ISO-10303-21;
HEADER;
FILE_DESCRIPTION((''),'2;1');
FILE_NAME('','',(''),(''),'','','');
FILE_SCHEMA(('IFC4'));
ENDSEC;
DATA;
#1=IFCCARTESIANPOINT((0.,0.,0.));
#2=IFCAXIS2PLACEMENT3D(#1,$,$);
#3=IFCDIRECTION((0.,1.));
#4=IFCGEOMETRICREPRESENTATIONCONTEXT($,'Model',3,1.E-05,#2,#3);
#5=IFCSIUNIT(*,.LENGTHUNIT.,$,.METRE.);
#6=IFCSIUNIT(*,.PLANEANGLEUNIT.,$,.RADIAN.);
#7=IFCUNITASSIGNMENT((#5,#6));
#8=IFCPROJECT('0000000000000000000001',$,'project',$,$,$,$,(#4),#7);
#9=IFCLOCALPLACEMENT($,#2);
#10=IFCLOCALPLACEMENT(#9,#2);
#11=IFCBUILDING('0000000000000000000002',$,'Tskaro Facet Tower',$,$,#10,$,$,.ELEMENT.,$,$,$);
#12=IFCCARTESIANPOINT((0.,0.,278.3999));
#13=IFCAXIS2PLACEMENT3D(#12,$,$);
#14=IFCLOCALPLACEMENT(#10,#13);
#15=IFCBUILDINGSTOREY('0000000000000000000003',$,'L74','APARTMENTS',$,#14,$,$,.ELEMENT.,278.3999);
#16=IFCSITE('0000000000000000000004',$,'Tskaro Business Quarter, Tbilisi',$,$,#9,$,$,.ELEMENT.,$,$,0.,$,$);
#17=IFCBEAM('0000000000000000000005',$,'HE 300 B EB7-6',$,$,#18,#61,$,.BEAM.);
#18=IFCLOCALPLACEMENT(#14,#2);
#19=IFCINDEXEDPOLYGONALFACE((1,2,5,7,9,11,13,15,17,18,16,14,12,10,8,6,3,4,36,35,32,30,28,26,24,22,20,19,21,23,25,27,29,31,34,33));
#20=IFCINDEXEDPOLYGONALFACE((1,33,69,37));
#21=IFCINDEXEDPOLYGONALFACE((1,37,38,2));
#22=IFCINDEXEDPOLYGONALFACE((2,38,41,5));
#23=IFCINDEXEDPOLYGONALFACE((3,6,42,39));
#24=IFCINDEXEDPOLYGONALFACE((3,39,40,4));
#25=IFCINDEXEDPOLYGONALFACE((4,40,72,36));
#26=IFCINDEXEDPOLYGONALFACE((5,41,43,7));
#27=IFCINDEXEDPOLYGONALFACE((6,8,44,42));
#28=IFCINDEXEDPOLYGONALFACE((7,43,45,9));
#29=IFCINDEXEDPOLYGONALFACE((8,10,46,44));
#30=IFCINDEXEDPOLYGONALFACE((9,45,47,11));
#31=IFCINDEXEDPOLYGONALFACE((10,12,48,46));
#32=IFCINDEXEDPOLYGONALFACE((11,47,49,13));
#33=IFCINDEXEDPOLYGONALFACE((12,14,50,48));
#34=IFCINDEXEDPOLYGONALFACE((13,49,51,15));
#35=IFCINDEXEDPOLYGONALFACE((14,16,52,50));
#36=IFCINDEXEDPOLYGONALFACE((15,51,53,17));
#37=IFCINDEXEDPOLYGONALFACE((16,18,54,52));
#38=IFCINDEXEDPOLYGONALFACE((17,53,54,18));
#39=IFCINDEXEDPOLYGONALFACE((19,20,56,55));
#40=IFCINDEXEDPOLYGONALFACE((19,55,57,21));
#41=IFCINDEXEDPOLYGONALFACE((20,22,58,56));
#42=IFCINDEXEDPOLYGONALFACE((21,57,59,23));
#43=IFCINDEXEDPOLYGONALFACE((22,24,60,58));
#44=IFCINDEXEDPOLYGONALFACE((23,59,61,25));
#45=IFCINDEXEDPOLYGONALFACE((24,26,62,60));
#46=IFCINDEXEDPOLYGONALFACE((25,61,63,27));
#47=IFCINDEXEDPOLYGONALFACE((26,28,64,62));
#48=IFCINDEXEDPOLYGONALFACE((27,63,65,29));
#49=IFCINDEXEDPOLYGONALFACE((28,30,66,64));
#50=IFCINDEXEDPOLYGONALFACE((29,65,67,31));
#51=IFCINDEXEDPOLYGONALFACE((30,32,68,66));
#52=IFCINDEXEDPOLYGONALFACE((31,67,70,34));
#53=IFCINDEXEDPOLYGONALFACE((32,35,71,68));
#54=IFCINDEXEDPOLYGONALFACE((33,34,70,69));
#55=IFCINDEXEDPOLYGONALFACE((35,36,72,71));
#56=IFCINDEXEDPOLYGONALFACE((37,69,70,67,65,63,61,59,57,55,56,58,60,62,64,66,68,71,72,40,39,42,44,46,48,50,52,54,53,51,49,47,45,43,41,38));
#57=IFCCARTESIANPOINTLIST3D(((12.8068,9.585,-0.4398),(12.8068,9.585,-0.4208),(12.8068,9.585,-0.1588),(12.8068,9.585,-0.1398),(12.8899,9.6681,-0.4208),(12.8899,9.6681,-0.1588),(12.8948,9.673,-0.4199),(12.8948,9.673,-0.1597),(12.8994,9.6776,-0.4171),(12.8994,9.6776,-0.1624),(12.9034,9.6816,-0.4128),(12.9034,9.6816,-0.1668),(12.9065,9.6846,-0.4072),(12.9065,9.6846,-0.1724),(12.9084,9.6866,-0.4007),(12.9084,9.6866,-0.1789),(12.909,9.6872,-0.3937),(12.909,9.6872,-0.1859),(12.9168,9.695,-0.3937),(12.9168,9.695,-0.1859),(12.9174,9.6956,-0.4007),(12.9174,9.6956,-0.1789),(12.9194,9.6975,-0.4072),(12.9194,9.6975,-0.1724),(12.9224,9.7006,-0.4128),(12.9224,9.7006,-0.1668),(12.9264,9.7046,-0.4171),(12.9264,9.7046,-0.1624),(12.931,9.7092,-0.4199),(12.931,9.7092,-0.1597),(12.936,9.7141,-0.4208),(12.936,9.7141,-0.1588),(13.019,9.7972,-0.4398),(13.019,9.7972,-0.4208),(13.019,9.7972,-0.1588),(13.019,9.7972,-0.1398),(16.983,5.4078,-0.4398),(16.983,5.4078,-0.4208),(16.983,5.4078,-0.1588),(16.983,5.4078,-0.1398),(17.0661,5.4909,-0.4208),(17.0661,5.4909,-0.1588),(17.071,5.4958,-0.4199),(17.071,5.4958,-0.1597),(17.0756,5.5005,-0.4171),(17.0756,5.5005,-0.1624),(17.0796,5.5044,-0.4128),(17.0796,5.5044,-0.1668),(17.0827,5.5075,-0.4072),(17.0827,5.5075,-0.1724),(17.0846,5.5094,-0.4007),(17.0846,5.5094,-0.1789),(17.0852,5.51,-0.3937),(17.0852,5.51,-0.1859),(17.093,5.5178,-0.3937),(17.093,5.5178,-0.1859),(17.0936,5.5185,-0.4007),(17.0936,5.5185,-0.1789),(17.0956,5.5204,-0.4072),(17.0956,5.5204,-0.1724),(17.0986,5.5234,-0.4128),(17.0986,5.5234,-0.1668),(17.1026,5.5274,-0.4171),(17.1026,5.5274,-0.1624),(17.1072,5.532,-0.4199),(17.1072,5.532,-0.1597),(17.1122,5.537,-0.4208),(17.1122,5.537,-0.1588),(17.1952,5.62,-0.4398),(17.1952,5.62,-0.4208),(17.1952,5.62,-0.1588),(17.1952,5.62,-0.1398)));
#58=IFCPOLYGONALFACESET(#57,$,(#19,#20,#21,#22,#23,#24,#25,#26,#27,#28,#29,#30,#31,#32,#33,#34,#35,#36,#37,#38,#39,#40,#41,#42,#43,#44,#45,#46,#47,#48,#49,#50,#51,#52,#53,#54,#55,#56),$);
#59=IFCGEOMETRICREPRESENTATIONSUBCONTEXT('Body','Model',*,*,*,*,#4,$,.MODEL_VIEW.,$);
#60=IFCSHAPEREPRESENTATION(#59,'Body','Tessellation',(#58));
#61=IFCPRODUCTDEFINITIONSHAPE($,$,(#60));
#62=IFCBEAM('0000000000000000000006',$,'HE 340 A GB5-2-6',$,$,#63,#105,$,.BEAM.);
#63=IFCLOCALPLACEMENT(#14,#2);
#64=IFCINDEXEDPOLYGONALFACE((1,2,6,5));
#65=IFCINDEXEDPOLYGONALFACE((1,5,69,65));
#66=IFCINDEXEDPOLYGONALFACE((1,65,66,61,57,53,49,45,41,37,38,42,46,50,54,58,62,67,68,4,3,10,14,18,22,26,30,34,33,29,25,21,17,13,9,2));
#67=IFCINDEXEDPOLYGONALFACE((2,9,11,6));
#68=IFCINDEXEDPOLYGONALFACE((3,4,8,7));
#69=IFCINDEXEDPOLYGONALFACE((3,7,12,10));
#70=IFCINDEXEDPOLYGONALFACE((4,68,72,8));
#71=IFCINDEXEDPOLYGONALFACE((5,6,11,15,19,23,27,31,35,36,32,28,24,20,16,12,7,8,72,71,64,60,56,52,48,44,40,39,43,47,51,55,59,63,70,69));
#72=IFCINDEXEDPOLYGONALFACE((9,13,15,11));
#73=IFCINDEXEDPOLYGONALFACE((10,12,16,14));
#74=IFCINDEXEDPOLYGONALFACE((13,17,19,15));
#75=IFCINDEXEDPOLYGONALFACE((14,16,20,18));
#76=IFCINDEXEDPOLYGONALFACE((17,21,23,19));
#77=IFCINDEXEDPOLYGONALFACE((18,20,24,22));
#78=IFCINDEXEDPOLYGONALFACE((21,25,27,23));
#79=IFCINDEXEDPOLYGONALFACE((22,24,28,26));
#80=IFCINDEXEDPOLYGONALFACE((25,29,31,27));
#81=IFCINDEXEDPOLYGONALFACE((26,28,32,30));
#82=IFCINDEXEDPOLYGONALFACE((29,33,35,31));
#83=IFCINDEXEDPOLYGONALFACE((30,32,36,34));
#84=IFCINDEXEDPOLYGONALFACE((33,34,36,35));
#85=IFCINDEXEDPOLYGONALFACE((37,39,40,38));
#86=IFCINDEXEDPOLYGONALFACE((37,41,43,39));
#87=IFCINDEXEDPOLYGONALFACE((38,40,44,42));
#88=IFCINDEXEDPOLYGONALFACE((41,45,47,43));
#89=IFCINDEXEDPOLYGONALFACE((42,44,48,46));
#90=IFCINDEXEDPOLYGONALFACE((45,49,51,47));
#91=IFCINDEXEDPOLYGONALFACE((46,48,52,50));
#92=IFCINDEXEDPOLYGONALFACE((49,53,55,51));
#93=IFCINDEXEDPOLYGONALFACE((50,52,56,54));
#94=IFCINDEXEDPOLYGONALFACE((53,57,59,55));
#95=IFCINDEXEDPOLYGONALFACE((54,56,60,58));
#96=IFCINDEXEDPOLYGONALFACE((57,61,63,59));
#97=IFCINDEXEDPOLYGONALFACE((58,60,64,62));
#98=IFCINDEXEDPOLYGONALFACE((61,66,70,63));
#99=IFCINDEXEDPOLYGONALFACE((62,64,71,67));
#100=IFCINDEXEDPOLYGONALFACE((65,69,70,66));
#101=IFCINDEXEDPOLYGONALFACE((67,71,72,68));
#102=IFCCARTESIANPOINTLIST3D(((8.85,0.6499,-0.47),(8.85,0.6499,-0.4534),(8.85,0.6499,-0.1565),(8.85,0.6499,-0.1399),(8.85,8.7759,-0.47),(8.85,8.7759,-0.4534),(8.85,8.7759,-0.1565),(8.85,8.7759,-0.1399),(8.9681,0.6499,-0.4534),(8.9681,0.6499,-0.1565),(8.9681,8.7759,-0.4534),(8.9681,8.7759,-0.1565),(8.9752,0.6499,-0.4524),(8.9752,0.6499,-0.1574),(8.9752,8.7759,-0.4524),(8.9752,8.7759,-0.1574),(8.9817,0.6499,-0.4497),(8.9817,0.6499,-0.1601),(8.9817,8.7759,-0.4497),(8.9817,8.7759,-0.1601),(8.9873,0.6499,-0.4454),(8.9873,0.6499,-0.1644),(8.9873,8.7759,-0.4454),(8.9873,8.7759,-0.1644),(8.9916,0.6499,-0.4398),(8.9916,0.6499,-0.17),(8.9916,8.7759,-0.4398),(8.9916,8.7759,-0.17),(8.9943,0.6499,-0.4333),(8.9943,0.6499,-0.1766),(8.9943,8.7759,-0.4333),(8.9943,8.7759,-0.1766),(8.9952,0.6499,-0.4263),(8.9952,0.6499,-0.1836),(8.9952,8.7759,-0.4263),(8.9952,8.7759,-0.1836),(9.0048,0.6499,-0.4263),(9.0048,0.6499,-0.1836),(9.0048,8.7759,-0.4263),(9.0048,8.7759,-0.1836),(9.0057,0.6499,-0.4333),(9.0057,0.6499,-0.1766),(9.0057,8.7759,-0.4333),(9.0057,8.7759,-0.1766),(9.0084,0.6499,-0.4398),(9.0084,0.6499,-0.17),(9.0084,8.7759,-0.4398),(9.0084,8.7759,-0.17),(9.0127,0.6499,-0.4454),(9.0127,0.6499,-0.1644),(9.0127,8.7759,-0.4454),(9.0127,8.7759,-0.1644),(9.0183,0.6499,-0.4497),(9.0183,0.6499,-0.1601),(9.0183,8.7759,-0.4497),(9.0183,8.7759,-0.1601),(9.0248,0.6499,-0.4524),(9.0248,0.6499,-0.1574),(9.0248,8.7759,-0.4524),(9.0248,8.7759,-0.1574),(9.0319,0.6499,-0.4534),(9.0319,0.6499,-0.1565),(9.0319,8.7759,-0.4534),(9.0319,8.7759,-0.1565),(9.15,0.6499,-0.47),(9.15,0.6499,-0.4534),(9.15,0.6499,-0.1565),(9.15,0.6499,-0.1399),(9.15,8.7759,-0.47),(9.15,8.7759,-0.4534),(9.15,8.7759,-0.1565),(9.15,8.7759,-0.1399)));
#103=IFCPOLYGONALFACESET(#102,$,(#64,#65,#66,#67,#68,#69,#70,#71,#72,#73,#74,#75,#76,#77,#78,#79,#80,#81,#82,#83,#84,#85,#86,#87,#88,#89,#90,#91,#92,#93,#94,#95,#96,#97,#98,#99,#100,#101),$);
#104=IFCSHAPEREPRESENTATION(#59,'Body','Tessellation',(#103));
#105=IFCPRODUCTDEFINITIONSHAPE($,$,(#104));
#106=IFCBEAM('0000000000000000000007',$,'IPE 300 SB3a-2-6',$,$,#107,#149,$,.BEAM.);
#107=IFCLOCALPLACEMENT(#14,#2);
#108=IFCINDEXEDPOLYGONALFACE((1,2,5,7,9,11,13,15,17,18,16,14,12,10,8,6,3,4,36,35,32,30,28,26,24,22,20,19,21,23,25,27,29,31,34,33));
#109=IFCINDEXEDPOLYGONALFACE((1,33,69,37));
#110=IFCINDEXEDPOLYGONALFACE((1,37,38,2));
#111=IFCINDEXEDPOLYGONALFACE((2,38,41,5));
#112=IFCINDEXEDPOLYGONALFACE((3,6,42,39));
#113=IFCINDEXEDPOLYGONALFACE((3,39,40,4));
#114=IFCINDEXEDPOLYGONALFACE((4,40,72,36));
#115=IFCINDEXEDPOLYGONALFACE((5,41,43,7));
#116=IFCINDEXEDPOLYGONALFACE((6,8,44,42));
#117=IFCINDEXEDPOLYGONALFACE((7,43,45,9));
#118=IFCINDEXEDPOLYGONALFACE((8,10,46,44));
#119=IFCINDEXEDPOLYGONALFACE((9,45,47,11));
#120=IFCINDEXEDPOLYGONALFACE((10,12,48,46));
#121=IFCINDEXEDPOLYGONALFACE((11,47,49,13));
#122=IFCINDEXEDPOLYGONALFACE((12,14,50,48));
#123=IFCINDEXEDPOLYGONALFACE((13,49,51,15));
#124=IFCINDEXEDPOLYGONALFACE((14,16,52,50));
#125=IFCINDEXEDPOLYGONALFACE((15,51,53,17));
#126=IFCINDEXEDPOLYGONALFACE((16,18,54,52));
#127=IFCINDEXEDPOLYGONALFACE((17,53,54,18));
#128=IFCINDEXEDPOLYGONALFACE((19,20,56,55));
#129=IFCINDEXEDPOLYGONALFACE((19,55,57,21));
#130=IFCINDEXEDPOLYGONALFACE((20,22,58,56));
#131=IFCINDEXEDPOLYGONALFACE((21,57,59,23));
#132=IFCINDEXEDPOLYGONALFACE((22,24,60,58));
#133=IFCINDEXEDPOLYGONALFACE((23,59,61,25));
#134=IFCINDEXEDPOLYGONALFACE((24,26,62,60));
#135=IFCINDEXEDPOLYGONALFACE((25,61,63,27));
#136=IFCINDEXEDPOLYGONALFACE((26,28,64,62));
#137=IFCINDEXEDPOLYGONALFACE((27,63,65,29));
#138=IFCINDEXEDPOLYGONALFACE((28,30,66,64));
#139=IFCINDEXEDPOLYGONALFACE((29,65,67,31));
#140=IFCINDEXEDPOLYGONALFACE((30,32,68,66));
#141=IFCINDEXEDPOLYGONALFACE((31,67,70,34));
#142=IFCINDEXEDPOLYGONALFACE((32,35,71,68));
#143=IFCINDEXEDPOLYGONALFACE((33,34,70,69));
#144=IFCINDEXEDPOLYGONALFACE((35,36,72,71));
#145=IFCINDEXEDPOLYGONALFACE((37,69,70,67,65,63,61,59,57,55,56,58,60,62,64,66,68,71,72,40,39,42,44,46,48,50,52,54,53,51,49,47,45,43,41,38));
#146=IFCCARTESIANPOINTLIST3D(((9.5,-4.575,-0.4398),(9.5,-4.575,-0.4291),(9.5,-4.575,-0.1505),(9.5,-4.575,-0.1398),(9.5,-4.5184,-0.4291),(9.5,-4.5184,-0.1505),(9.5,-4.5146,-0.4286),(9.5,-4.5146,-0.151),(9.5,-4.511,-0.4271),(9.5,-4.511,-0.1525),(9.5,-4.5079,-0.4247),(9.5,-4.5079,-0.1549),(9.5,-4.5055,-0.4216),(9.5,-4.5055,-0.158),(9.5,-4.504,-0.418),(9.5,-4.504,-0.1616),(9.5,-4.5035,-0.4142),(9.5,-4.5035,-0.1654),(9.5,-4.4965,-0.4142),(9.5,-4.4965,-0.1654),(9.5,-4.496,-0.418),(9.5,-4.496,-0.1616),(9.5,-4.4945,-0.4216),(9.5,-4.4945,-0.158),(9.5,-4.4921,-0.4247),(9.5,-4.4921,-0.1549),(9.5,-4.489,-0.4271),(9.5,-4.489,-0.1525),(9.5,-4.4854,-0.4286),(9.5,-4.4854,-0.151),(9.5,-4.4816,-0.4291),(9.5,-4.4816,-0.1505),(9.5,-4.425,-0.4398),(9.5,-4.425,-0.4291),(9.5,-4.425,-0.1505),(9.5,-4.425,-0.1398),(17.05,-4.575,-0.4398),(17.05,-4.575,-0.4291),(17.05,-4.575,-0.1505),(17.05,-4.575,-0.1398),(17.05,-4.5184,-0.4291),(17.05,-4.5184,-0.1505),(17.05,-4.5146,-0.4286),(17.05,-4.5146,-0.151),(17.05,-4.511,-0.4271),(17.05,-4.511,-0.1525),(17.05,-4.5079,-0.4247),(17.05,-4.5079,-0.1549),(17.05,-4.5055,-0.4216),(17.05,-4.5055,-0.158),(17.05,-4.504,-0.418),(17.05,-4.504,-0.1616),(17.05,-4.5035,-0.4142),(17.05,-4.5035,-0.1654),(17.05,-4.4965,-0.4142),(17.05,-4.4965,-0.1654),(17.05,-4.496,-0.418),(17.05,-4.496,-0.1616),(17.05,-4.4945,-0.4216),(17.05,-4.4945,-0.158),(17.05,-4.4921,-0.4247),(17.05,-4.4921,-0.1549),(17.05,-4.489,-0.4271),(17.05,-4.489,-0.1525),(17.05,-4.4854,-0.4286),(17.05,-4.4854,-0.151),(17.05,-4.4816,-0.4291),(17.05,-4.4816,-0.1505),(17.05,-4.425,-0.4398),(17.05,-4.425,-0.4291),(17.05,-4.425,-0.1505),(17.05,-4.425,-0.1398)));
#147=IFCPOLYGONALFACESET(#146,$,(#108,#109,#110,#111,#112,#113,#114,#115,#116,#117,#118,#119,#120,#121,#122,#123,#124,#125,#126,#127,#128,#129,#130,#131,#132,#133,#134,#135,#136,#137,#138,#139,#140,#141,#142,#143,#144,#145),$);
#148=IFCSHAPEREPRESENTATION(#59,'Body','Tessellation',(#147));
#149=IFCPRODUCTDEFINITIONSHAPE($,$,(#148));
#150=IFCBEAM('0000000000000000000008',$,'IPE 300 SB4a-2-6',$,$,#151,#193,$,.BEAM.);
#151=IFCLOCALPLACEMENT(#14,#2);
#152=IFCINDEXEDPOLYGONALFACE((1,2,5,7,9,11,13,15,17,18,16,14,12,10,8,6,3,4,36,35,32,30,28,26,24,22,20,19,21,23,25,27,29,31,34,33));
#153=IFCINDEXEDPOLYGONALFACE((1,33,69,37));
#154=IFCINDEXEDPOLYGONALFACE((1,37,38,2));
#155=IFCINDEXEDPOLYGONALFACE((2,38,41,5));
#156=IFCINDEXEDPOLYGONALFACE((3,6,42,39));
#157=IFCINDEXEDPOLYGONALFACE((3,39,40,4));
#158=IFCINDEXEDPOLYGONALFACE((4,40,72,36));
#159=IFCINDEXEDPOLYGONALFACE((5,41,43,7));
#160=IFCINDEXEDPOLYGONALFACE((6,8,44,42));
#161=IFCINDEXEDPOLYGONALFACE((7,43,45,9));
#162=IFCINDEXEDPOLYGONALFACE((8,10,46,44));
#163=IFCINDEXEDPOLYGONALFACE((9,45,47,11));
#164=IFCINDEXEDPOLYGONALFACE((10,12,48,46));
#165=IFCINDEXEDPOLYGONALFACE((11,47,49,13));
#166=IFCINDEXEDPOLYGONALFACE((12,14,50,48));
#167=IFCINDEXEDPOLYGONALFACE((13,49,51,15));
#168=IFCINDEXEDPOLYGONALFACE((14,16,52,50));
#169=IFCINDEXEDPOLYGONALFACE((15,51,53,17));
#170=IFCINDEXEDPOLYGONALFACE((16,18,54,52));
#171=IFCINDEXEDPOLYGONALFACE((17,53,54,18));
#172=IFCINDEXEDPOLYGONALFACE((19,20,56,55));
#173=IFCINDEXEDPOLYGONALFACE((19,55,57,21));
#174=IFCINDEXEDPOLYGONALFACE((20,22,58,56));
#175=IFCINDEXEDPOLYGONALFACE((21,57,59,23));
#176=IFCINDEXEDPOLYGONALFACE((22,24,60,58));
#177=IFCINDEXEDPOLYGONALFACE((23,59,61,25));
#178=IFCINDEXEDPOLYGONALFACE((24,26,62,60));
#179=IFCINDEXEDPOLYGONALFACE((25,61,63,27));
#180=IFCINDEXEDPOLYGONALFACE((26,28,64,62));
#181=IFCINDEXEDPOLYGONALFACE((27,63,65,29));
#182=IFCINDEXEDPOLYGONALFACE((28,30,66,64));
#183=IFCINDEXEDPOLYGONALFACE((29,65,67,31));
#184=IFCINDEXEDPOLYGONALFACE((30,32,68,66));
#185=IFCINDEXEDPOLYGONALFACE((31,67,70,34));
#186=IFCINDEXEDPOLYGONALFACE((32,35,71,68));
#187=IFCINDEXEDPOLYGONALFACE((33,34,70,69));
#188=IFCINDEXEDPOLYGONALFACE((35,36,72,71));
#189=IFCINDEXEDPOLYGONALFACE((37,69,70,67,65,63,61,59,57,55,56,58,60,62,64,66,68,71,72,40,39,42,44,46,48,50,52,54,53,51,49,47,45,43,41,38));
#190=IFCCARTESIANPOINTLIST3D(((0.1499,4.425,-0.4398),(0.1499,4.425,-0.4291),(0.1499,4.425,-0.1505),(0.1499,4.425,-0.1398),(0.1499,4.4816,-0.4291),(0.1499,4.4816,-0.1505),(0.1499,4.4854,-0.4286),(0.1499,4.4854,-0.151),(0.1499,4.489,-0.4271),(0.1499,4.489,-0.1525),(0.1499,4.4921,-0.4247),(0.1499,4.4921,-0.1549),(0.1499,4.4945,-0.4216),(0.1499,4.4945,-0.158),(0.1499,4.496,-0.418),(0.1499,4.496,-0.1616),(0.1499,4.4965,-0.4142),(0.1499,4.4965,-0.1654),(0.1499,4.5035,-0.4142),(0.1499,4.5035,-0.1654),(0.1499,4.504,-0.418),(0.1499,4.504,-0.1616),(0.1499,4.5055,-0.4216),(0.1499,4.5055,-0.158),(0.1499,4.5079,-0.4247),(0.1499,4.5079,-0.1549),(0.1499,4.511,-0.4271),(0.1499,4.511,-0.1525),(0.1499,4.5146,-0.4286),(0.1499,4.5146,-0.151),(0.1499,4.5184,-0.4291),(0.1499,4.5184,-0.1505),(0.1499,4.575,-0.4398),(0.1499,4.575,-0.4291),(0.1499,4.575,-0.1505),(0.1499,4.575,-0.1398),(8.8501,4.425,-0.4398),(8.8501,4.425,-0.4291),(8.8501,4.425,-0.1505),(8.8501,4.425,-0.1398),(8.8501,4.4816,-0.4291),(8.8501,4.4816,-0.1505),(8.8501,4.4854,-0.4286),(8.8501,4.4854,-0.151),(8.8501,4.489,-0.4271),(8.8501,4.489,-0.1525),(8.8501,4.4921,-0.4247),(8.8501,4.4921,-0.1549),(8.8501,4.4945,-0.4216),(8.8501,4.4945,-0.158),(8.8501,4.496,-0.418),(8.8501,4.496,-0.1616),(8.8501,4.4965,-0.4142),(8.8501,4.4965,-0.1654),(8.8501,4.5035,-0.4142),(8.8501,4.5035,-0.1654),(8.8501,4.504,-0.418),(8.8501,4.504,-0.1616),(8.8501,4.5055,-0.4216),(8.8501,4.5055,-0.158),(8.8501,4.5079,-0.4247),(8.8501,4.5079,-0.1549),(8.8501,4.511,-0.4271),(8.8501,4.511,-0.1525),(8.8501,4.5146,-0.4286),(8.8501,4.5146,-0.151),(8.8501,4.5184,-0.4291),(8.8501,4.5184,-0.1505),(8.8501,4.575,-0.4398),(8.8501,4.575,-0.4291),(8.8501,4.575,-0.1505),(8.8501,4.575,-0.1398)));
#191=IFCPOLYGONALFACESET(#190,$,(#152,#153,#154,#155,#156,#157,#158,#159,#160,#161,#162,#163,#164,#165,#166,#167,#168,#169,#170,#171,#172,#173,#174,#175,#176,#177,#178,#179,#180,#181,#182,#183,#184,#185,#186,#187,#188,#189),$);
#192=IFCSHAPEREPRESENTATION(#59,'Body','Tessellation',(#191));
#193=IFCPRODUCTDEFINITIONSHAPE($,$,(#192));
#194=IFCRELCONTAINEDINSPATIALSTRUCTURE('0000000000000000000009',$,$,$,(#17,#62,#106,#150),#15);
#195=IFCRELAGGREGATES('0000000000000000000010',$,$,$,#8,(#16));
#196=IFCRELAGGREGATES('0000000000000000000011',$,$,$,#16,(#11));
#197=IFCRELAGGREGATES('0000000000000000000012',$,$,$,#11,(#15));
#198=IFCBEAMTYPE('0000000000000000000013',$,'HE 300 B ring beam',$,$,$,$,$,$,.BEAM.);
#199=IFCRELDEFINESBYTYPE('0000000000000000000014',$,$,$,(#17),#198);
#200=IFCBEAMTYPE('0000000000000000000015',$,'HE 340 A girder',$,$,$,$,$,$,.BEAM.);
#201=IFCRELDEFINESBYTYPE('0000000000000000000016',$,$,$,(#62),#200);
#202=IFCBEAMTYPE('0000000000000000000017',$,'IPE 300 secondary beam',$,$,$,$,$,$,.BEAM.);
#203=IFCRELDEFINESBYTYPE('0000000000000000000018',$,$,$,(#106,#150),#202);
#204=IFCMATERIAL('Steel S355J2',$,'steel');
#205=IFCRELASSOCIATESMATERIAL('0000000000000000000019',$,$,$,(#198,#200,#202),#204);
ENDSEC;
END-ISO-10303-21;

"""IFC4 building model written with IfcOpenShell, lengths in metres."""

from ifc_helpers import new_model, si_unit, direction, frame, origin, origin_2d, place, context, subcontext, project, spatial, i_section, extrude, material, material_profile, profile_set, type_object, element, save


model = new_model("IFC4")

# Units and contexts
model_context = context("Model", 3, precision=1e-05, world=origin(), true_north=direction((0.0, 1.0)))
body_context = subcontext(model_context, "Body", "Model", "MODEL_VIEW")
ifc_project = project(units=[si_unit("LENGTHUNIT", "METRE"), si_unit("PLANEANGLEUNIT", "RADIAN")], contexts=[model_context])

# Site, building, storey
site_placement = place(None, origin())
site = spatial("IfcSite", under=ifc_project, at=site_placement, Name="Tskaro Business Quarter, Tbilisi", CompositionType="ELEMENT", RefElevation=0.0)
building_placement = place(site_placement, origin())
building = spatial("IfcBuilding", under=site, at=building_placement, Name="Tskaro Facet Tower", CompositionType="ELEMENT")
storey_placement = place(building_placement, frame((0.0, 0.0, 278.3999)))
storey = spatial("IfcBuildingStorey", under=building, at=storey_placement, Name="L74", Description="APARTMENTS", CompositionType="ELEMENT", Elevation=278.3999)

# Beams
ifc_material_1 = material(Name="Steel S355J2", Category="steel")
ifc_material_profile_1 = material_profile(ifc_material_1, i_section(OverallWidth=0.3, OverallDepth=0.3, WebThickness=0.011, FlangeThickness=0.019, FilletRadius=0.0271, at=origin_2d()), Name="HE 300 B")
ifc_profile_set_1 = profile_set([ifc_material_profile_1], Name="Steel S355J2")
beam_type_1 = type_object("IfcBeamType", Name="HE 300 B ring beam", PredefinedType="BEAM", material=ifc_profile_set_1)
beam_1_placement = place(storey_placement, frame((17.0891, 5.5139, -0.2898), z_axis=(-0.707024, 0.707189, 0.0), x_axis=(-0.707189, -0.707024, 0.0)))
element("IfcBeam", 1, at=beam_1_placement, inside=storey, type_object=beam_type_1, Name="HE 300 B EB7-6", PredefinedType="BEAM", context=body_context, shape_type="SweptSolid", body=[
    extrude(i_section(OverallWidth=0.3, OverallDepth=0.3, WebThickness=0.011, FlangeThickness=0.019, FilletRadius=0.0271, at=origin_2d()), origin(), (0.0, 0.0, 1.0), 5.9067),
])
ifc_material_profile_2 = material_profile(ifc_material_1, i_section(OverallWidth=0.3, OverallDepth=0.3301, WebThickness=0.0095, FlangeThickness=0.0166, FilletRadius=0.0271, at=origin_2d()), Name="HE 340 A")
ifc_profile_set_2 = profile_set([ifc_material_profile_2], Name="Steel S355J2")
beam_type_2 = type_object("IfcBeamType", Name="HE 340 A girder", PredefinedType="BEAM", material=ifc_profile_set_2)
beam_2_placement = place(storey_placement, frame((9.0, 0.6499, -0.3049), z_axis=(0.0, 1.0, 0.0), x_axis=(-1.0, 0.0, 0.0)))
element("IfcBeam", 2, at=beam_2_placement, inside=storey, type_object=beam_type_2, Name="HE 340 A GB5-2-6", PredefinedType="BEAM", context=body_context, shape_type="SweptSolid", body=[
    extrude(i_section(OverallWidth=0.3, OverallDepth=0.3301, WebThickness=0.0095, FlangeThickness=0.0166, FilletRadius=0.0271, at=origin_2d()), origin(), (0.0, 0.0, 1.0), 8.126),
])
ifc_material_profile_3 = material_profile(ifc_material_1, i_section(OverallWidth=0.1499, OverallDepth=0.3, WebThickness=0.0071, FlangeThickness=0.0107, FilletRadius=0.0149, at=origin_2d()), Name="IPE 300")
ifc_profile_set_3 = profile_set([ifc_material_profile_3], Name="Steel S355J2")
beam_type_3 = type_object("IfcBeamType", Name="IPE 300 secondary beam", PredefinedType="BEAM", material=ifc_profile_set_3)
beam_3_placement = place(storey_placement, frame((9.5, -4.5, -0.2898), z_axis=(1.0, 0.0, 0.0), x_axis=(0.0, 1.0, 0.0)))
element("IfcBeam", 3, at=beam_3_placement, inside=storey, type_object=beam_type_3, Name="IPE 300 SB3a-2-6", PredefinedType="BEAM", context=body_context, shape_type="SweptSolid", body=[
    extrude(i_section(OverallWidth=0.1499, OverallDepth=0.3, WebThickness=0.0071, FlangeThickness=0.0107, FilletRadius=0.0149, at=origin_2d()), origin(), (0.0, 0.0, 1.0), 7.55),
])
beam_4_placement = place(storey_placement, frame((0.1499, 4.5, -0.2898), z_axis=(1.0, 0.0, 0.0), x_axis=(0.0, 1.0, 0.0)))
element("IfcBeam", 4, at=beam_4_placement, inside=storey, type_object=beam_type_3, Name="IPE 300 SB4a-2-6", PredefinedType="BEAM", context=body_context, shape_type="SweptSolid", body=[
    extrude(i_section(OverallWidth=0.1499, OverallDepth=0.3, WebThickness=0.0071, FlangeThickness=0.0107, FilletRadius=0.0149, at=origin_2d()), origin(), (0.0, 0.0, 1.0), 8.7002),
])

save(model, "model.ifc")
